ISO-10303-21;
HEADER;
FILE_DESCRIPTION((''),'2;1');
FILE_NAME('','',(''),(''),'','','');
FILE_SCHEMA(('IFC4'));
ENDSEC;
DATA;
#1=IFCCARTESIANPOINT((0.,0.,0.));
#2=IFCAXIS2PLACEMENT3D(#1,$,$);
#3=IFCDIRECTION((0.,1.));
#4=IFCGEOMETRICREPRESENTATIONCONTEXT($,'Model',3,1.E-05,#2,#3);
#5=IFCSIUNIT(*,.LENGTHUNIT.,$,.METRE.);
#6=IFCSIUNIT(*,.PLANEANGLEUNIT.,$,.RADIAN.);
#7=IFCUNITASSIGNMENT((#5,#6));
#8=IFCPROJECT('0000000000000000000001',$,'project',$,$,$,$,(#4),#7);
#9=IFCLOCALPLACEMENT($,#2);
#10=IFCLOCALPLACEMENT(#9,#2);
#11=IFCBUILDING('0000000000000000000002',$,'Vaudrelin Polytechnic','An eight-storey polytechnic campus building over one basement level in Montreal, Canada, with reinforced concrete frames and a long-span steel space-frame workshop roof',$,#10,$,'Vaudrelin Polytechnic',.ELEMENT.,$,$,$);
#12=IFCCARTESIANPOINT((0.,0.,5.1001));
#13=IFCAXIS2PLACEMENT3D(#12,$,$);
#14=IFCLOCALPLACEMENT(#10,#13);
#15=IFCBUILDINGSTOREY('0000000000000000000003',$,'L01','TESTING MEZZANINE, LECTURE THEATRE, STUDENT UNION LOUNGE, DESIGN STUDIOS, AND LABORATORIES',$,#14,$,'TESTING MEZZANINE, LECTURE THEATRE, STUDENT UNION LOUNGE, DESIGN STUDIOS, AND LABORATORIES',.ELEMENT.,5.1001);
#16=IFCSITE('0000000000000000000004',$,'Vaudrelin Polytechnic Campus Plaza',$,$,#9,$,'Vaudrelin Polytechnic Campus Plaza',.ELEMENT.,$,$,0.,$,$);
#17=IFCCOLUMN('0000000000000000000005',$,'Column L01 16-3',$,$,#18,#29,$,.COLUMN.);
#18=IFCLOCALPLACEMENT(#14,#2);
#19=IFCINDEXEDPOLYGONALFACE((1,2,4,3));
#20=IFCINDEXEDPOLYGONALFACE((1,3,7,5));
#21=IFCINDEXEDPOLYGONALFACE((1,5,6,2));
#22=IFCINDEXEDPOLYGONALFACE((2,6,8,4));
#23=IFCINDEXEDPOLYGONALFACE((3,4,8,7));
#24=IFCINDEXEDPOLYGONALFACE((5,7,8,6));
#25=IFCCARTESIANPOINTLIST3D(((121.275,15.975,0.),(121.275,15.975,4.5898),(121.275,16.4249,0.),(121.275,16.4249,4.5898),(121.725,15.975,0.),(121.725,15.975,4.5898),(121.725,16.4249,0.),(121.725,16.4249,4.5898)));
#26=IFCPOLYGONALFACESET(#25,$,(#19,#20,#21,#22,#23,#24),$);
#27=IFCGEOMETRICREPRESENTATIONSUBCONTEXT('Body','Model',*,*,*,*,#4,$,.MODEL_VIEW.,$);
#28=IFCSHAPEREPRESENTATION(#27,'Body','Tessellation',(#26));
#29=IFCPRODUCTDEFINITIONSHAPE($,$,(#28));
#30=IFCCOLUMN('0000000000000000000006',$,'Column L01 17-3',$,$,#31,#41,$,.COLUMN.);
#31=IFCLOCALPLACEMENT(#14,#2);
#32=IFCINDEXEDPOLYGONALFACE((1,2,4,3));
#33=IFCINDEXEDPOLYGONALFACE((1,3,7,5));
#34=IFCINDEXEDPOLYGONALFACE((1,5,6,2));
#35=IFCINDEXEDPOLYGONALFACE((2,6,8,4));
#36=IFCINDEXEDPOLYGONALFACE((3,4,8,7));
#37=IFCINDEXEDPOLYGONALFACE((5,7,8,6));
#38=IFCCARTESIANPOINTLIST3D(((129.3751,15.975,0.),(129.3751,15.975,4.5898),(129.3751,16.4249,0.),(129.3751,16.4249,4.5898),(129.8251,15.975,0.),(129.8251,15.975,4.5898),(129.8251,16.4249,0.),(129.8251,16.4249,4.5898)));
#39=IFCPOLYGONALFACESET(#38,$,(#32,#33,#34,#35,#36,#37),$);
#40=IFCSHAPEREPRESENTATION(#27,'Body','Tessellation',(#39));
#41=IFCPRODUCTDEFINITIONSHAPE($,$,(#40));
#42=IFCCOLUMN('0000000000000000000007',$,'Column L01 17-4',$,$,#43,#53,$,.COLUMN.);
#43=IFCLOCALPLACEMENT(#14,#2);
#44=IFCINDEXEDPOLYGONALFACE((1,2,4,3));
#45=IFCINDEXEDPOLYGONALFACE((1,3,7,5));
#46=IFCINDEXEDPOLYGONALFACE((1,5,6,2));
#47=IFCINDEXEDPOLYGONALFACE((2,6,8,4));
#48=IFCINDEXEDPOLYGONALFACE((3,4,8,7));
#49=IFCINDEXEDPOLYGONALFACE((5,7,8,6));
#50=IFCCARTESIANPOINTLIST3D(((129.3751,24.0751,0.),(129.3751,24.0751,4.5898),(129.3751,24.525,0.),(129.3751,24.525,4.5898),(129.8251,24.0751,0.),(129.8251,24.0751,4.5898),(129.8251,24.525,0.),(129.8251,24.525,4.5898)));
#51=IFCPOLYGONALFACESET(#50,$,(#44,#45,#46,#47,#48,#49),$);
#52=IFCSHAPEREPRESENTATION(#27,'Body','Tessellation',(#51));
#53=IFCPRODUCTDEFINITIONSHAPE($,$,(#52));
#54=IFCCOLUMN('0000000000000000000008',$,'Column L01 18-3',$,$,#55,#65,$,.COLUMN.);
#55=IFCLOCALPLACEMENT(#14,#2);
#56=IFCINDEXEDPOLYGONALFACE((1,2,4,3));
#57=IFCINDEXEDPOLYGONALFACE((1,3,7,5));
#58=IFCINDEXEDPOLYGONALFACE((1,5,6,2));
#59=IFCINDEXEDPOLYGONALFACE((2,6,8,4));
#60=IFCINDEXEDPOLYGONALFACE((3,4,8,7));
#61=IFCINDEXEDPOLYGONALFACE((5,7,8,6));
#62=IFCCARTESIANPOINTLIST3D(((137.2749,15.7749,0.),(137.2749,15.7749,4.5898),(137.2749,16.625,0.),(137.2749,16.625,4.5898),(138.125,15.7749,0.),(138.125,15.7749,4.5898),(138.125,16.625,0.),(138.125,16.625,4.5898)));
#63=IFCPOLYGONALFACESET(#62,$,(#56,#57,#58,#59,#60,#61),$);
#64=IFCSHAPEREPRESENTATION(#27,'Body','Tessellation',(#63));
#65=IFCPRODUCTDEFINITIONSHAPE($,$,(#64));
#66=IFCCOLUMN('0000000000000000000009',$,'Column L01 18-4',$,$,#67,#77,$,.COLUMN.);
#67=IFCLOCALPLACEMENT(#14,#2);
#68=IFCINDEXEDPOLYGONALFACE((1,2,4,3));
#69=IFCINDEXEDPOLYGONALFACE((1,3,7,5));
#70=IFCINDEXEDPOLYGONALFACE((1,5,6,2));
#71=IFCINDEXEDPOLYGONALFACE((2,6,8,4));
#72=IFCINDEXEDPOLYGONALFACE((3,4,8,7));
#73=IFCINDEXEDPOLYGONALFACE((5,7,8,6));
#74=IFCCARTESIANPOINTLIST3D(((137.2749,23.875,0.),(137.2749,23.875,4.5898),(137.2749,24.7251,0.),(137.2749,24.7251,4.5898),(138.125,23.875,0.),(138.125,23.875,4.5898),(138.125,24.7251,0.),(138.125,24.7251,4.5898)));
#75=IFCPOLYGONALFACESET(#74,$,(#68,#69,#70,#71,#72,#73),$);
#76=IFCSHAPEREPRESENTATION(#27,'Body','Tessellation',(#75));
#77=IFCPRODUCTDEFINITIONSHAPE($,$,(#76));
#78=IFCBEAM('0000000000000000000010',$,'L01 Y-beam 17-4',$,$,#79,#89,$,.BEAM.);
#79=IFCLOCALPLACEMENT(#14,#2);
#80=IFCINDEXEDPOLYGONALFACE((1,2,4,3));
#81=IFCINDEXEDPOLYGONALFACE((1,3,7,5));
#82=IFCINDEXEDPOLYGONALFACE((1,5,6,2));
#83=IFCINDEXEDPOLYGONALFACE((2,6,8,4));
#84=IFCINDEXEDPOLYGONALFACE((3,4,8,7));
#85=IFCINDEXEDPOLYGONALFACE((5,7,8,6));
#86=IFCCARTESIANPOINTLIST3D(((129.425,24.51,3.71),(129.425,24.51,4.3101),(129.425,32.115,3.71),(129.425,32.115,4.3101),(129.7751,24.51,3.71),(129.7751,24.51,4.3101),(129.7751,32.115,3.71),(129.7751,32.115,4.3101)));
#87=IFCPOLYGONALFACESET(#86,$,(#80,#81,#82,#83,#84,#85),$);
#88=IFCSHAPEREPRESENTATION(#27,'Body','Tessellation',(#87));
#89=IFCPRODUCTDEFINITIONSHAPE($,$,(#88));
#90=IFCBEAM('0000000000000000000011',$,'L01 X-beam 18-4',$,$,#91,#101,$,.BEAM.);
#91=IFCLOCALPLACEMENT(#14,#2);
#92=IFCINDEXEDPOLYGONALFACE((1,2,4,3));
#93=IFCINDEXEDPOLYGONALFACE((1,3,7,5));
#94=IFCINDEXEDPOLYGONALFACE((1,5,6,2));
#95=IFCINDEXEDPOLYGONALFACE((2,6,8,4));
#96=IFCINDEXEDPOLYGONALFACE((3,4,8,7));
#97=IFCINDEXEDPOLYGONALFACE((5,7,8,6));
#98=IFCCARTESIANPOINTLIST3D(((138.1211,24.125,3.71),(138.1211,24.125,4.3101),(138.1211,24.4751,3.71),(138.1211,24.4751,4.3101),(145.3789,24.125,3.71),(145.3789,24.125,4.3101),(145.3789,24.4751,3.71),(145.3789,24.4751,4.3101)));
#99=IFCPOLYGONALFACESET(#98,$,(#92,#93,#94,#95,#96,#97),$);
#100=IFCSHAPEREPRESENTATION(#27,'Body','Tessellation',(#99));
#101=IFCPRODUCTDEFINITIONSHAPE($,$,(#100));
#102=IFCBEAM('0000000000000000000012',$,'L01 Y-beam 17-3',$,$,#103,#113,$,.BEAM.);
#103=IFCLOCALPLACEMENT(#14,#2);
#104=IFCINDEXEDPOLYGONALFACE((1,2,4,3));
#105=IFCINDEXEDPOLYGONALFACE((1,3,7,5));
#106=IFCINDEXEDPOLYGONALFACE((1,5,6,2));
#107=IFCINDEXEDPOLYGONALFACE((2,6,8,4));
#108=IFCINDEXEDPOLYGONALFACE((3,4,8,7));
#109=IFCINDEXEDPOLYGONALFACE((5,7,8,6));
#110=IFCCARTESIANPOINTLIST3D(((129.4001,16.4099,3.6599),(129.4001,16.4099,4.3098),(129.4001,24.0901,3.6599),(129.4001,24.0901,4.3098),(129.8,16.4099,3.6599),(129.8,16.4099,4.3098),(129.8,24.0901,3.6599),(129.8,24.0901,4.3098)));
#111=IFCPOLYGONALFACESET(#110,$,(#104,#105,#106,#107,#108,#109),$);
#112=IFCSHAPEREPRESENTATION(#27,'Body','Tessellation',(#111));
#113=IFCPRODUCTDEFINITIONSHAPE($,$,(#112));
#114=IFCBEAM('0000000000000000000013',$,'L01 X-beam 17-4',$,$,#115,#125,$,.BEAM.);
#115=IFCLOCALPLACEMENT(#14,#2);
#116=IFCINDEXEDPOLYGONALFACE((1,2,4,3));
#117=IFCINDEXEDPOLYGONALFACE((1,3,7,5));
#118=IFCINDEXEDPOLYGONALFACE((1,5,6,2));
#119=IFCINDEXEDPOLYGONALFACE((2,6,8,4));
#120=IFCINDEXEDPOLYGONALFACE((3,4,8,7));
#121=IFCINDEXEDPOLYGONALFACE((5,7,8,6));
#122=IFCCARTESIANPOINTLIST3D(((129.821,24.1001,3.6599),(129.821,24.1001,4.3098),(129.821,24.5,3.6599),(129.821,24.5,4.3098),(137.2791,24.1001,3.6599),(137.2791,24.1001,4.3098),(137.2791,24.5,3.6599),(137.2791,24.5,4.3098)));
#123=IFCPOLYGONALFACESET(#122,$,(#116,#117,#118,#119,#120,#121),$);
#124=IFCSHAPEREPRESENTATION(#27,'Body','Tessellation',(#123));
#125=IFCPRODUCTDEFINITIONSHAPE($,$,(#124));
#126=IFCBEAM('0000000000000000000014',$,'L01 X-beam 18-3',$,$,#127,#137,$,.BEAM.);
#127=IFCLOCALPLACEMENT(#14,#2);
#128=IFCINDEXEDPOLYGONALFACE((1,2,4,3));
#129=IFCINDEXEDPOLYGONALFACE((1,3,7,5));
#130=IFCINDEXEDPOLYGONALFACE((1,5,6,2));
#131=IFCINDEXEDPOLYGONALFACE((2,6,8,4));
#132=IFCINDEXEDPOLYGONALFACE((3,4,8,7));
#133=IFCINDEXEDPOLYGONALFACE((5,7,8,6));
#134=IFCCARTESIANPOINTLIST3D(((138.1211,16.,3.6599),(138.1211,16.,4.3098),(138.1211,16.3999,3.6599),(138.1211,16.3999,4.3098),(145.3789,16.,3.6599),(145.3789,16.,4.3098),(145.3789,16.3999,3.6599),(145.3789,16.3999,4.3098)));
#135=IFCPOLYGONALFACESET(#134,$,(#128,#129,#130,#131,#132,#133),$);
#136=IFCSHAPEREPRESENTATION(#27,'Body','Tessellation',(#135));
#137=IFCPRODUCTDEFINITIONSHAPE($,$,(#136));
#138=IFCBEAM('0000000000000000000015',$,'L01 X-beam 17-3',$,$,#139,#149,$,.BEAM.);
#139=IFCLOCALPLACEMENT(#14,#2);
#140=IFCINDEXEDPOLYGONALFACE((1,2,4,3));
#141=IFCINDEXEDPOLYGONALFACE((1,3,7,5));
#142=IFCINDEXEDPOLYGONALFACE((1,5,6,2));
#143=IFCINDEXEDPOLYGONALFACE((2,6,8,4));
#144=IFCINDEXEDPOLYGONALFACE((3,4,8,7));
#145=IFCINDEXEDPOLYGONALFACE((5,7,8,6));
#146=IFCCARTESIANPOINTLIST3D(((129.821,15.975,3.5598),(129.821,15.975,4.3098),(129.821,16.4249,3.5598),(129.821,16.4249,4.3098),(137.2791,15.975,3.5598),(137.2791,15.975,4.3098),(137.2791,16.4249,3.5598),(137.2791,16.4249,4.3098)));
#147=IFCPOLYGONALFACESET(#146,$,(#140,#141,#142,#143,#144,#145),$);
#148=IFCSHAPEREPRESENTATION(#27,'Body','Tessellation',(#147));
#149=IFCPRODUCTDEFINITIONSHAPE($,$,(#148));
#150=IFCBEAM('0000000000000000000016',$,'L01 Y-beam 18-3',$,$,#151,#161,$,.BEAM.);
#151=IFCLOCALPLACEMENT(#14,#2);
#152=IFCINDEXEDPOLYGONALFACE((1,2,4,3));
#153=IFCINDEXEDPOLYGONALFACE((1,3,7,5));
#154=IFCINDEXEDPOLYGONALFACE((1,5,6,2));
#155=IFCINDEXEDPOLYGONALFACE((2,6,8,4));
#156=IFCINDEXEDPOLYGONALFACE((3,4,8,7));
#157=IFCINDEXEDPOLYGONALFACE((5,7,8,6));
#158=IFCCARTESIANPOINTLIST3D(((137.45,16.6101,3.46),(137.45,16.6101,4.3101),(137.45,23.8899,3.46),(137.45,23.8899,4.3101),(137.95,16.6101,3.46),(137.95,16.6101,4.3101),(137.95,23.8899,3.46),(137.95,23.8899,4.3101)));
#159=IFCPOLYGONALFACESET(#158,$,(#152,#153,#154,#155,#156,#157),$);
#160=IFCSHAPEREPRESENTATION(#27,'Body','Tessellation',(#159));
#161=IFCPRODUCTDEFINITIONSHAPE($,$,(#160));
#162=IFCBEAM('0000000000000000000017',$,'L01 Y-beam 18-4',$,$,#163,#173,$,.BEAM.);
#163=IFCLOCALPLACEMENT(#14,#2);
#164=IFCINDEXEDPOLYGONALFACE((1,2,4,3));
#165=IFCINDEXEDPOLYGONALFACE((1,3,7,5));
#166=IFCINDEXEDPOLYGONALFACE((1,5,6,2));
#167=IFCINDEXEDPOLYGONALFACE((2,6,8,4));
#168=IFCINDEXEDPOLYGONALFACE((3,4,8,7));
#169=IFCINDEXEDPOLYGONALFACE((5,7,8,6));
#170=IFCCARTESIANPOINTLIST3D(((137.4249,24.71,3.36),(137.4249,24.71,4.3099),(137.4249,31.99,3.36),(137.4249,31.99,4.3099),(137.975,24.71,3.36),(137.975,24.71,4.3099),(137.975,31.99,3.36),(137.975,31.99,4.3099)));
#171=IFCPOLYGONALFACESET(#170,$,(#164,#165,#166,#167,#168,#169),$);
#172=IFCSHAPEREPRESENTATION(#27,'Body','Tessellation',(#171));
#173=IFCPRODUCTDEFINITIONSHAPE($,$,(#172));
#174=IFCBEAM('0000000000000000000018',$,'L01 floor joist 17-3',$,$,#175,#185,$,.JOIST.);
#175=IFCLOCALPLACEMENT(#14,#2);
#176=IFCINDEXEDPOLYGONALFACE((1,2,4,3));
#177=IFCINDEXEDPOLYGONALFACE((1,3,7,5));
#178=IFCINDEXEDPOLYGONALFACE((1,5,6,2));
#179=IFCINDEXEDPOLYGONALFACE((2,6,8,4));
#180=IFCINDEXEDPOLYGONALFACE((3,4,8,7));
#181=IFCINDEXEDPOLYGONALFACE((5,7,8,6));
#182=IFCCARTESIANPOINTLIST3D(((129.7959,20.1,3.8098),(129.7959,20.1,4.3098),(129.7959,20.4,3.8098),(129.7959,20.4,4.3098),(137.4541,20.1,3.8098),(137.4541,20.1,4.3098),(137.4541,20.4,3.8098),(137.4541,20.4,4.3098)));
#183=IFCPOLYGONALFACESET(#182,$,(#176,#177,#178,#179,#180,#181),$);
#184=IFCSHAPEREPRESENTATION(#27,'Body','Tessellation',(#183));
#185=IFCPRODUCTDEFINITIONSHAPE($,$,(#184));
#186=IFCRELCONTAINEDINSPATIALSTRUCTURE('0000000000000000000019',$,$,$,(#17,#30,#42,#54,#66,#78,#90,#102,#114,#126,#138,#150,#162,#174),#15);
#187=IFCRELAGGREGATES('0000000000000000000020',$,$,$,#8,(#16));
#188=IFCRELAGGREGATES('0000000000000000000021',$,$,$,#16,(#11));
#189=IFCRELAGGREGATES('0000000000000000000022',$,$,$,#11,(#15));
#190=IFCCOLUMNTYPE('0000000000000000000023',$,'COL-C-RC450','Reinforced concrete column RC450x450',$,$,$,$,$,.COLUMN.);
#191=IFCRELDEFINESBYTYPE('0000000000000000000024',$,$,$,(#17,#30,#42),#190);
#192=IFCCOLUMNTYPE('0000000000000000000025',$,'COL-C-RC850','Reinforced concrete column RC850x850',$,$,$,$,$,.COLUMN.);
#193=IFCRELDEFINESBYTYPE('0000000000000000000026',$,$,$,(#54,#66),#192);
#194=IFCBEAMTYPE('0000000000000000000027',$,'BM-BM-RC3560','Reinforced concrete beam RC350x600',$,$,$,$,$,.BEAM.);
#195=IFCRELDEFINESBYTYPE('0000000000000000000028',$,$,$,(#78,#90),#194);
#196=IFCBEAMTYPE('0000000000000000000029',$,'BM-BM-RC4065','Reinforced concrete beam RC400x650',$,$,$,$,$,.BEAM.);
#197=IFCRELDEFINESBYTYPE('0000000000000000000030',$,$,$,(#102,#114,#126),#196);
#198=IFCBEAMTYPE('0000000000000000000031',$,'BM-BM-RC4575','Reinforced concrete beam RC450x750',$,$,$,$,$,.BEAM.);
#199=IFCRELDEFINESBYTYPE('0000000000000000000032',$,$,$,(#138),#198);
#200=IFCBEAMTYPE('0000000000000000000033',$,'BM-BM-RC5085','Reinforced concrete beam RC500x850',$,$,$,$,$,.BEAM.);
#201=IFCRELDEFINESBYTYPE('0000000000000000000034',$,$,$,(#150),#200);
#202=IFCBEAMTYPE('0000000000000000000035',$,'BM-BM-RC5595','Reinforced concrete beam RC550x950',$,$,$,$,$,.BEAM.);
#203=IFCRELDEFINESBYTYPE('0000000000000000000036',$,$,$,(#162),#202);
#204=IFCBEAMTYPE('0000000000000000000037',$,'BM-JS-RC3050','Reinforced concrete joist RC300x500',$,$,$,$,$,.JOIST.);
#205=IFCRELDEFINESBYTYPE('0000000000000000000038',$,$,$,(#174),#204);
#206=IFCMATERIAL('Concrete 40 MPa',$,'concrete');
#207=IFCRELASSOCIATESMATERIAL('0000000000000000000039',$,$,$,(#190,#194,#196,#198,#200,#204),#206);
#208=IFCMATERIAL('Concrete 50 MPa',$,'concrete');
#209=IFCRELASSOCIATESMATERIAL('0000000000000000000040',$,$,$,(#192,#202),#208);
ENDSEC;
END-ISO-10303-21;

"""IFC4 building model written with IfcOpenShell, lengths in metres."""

from ifc_helpers import new_model, si_unit, direction, frame, origin, origin_2d, place, context, subcontext, project, spatial, rectangle, extrude, material, material_profile, profile_set, type_object, element, save


model = new_model("IFC4")

# Units and contexts
model_context = context("Model", 3, precision=1e-05, world=origin(), true_north=direction((0.0, 1.0)))
body_context = subcontext(model_context, "Body", "Model", "MODEL_VIEW")
ifc_project = project(units=[si_unit("LENGTHUNIT", "METRE"), si_unit("PLANEANGLEUNIT", "RADIAN")], contexts=[model_context])

# Site, building, storey
site_placement = place(None, origin())
site = spatial("IfcSite", under=ifc_project, at=site_placement, Name="Vaudrelin Polytechnic Campus Plaza", LongName="Vaudrelin Polytechnic Campus Plaza", CompositionType="ELEMENT", RefElevation=0.0)
building_placement = place(site_placement, origin())
building = spatial("IfcBuilding", under=site, at=building_placement, Name="Vaudrelin Polytechnic", Description="An eight-storey polytechnic campus building over one basement level in Montreal, Canada, with reinforced concrete frames and a long-span steel space-frame workshop roof", LongName="Vaudrelin Polytechnic", CompositionType="ELEMENT")
storey_placement = place(building_placement, frame((0.0, 0.0, 5.1001)))
storey = spatial("IfcBuildingStorey", under=building, at=storey_placement, Name="L01", Description="TESTING MEZZANINE, LECTURE THEATRE, STUDENT UNION LOUNGE, DESIGN STUDIOS, AND LABORATORIES", LongName="TESTING MEZZANINE, LECTURE THEATRE, STUDENT UNION LOUNGE, DESIGN STUDIOS, AND LABORATORIES", CompositionType="ELEMENT", Elevation=5.1001)

# Columns
ifc_material_1 = material(Name="Concrete 40 MPa", Category="concrete")
ifc_material_profile_1 = material_profile(ifc_material_1, rectangle(XDim=0.45, YDim=0.45, at=origin_2d()), Name="RC450x450")
ifc_profile_set_1 = profile_set([ifc_material_profile_1], Name="Concrete 40 MPa")
column_type_1 = type_object("IfcColumnType", Name="COL-C-RC450", Description="Reinforced concrete column RC450x450", PredefinedType="COLUMN", material=ifc_profile_set_1)
for number, where, z_axis, x_axis, name in (
    (1, (121.5, 16.2, 0.0), (0.0, 0.0, 1.0), (1.0, 0.0, 0.0), "Column L01 16-3"),
    (2, (129.6001, 16.2, 0.0), (0.0, 0.0, 1.0), (1.0, 0.0, 0.0), "Column L01 17-3"),
    (3, (129.6001, 24.3, 0.0), (0.0, 0.0, 1.0), (1.0, 0.0, 0.0), "Column L01 17-4"),
):
    element("IfcColumn", number, at=place(storey_placement, frame(where, z_axis=z_axis, x_axis=x_axis)), inside=storey, type_object=column_type_1, Name=name, PredefinedType="COLUMN", context=body_context, shape_type="SweptSolid", body=[
        extrude(rectangle(XDim=0.45, YDim=0.45, at=origin_2d()), origin(), (0.0, 0.0, 1.0), 4.5898),
    ])
ifc_material_2 = material(Name="Concrete 50 MPa", Category="concrete")
ifc_material_profile_2 = material_profile(ifc_material_2, rectangle(XDim=0.8501, YDim=0.8501, at=origin_2d()), Name="RC850x850")
ifc_profile_set_2 = profile_set([ifc_material_profile_2], Name="Concrete 50 MPa")
column_type_2 = type_object("IfcColumnType", Name="COL-C-RC850", Description="Reinforced concrete column RC850x850", PredefinedType="COLUMN", material=ifc_profile_set_2)
for number, where, z_axis, x_axis, name in (
    (4, (137.7, 16.2, 0.0), (0.0, 0.0, 1.0), (1.0, 0.0, 0.0), "Column L01 18-3"),
    (5, (137.7, 24.3, 0.0), (0.0, 0.0, 1.0), (1.0, 0.0, 0.0), "Column L01 18-4"),
):
    element("IfcColumn", number, at=place(storey_placement, frame(where, z_axis=z_axis, x_axis=x_axis)), inside=storey, type_object=column_type_2, Name=name, PredefinedType="COLUMN", context=body_context, shape_type="SweptSolid", body=[
        extrude(rectangle(XDim=0.8501, YDim=0.8501, at=origin_2d()), origin(), (0.0, 0.0, 1.0), 4.5898),
    ])

# Beams
ifc_material_profile_3 = material_profile(ifc_material_1, rectangle(XDim=0.3501, YDim=0.6001, at=origin_2d()), Name="RC350x600")
ifc_profile_set_3 = profile_set([ifc_material_profile_3], Name="Concrete 40 MPa")
beam_type_1 = type_object("IfcBeamType", Name="BM-BM-RC3560", Description="Reinforced concrete beam RC350x600", PredefinedType="BEAM", material=ifc_profile_set_3)
beam_1_placement = place(storey_placement, frame((129.6001, 24.51, 4.01), z_axis=(0.0, 1.0, 0.0), x_axis=(-1.0, 0.0, 0.0)))
element("IfcBeam", 6, at=beam_1_placement, inside=storey, type_object=beam_type_1, Name="L01 Y-beam 17-4", PredefinedType="BEAM", context=body_context, shape_type="SweptSolid", body=[
    extrude(rectangle(XDim=0.3501, YDim=0.6001, at=origin_2d()), origin(), (0.0, 0.0, 1.0), 7.605),
])
beam_2_placement = place(storey_placement, frame((138.1211, 24.3, 4.01), z_axis=(1.0, 0.0, 0.0), x_axis=(0.0, 1.0, 0.0)))
element("IfcBeam", 7, at=beam_2_placement, inside=storey, type_object=beam_type_1, Name="L01 X-beam 18-4", PredefinedType="BEAM", context=body_context, shape_type="SweptSolid", body=[
    extrude(rectangle(XDim=0.3501, YDim=0.6001, at=origin_2d()), origin(), (0.0, 0.0, 1.0), 7.2578),
])
ifc_material_profile_4 = material_profile(ifc_material_1, rectangle(XDim=0.3999, YDim=0.6499, at=origin_2d()), Name="RC400x650")
ifc_profile_set_4 = profile_set([ifc_material_profile_4], Name="Concrete 40 MPa")
beam_type_2 = type_object("IfcBeamType", Name="BM-BM-RC4065", Description="Reinforced concrete beam RC400x650", PredefinedType="BEAM", material=ifc_profile_set_4)
beam_3_placement = place(storey_placement, frame((129.6001, 16.4099, 3.9849), z_axis=(0.0, 1.0, 0.0), x_axis=(-1.0, 0.0, 0.0)))
element("IfcBeam", 8, at=beam_3_placement, inside=storey, type_object=beam_type_2, Name="L01 Y-beam 17-3", PredefinedType="BEAM", context=body_context, shape_type="SweptSolid", body=[
    extrude(rectangle(XDim=0.3999, YDim=0.6499, at=origin_2d()), origin(), (0.0, 0.0, 1.0), 7.6802),
])
beam_4_placement = place(storey_placement, frame((129.821, 24.3, 3.9849), z_axis=(1.0, 0.0, 0.0), x_axis=(0.0, 1.0, 0.0)))
element("IfcBeam", 9, at=beam_4_placement, inside=storey, type_object=beam_type_2, Name="L01 X-beam 17-4", PredefinedType="BEAM", context=body_context, shape_type="SweptSolid", body=[
    extrude(rectangle(XDim=0.3999, YDim=0.6499, at=origin_2d()), origin(), (0.0, 0.0, 1.0), 7.458),
])
beam_5_placement = place(storey_placement, frame((138.1211, 16.2, 3.9849), z_axis=(1.0, 0.0, 0.0), x_axis=(0.0, 1.0, 0.0)))
element("IfcBeam", 10, at=beam_5_placement, inside=storey, type_object=beam_type_2, Name="L01 X-beam 18-3", PredefinedType="BEAM", context=body_context, shape_type="SweptSolid", body=[
    extrude(rectangle(XDim=0.3999, YDim=0.6499, at=origin_2d()), origin(), (0.0, 0.0, 1.0), 7.2578),
])
ifc_material_profile_5 = material_profile(ifc_material_1, rectangle(XDim=0.45, YDim=0.75, at=origin_2d()), Name="RC450x750")
ifc_profile_set_5 = profile_set([ifc_material_profile_5], Name="Concrete 40 MPa")
beam_type_3 = type_object("IfcBeamType", Name="BM-BM-RC4575", Description="Reinforced concrete beam RC450x750", PredefinedType="BEAM", material=ifc_profile_set_5)
beam_6_placement = place(storey_placement, frame((129.821, 16.2, 3.9348), z_axis=(1.0, 0.0, 0.0), x_axis=(0.0, 1.0, 0.0)))
element("IfcBeam", 11, at=beam_6_placement, inside=storey, type_object=beam_type_3, Name="L01 X-beam 17-3", PredefinedType="BEAM", context=body_context, shape_type="SweptSolid", body=[
    extrude(rectangle(XDim=0.45, YDim=0.75, at=origin_2d()), origin(), (0.0, 0.0, 1.0), 7.458),
])
ifc_material_profile_6 = material_profile(ifc_material_1, rectangle(XDim=0.5, YDim=0.8501, at=origin_2d()), Name="RC500x850")
ifc_profile_set_6 = profile_set([ifc_material_profile_6], Name="Concrete 40 MPa")
beam_type_4 = type_object("IfcBeamType", Name="BM-BM-RC5085", Description="Reinforced concrete beam RC500x850", PredefinedType="BEAM", material=ifc_profile_set_6)
beam_7_placement = place(storey_placement, frame((137.7, 16.6101, 3.885), z_axis=(0.0, 1.0, 0.0), x_axis=(-1.0, 0.0, 0.0)))
element("IfcBeam", 12, at=beam_7_placement, inside=storey, type_object=beam_type_4, Name="L01 Y-beam 18-3", PredefinedType="BEAM", context=body_context, shape_type="SweptSolid", body=[
    extrude(rectangle(XDim=0.5, YDim=0.8501, at=origin_2d()), origin(), (0.0, 0.0, 1.0), 7.2798),
])
ifc_material_profile_7 = material_profile(ifc_material_2, rectangle(XDim=0.55, YDim=0.95, at=origin_2d()), Name="RC550x950")
ifc_profile_set_7 = profile_set([ifc_material_profile_7], Name="Concrete 50 MPa")
beam_type_5 = type_object("IfcBeamType", Name="BM-BM-RC5595", Description="Reinforced concrete beam RC550x950", PredefinedType="BEAM", material=ifc_profile_set_7)
beam_8_placement = place(storey_placement, frame((137.7, 24.71, 3.835), z_axis=(0.0, 1.0, 0.0), x_axis=(-1.0, 0.0, 0.0)))
element("IfcBeam", 13, at=beam_8_placement, inside=storey, type_object=beam_type_5, Name="L01 Y-beam 18-4", PredefinedType="BEAM", context=body_context, shape_type="SweptSolid", body=[
    extrude(rectangle(XDim=0.55, YDim=0.95, at=origin_2d()), origin(), (0.0, 0.0, 1.0), 7.28),
])
ifc_material_profile_8 = material_profile(ifc_material_1, rectangle(XDim=0.3, YDim=0.5, at=origin_2d()), Name="RC300x500")
ifc_profile_set_8 = profile_set([ifc_material_profile_8], Name="Concrete 40 MPa")
beam_type_6 = type_object("IfcBeamType", Name="BM-JS-RC3050", Description="Reinforced concrete joist RC300x500", PredefinedType="JOIST", material=ifc_profile_set_8)
beam_9_placement = place(storey_placement, frame((129.7959, 20.25, 4.0598), z_axis=(1.0, 0.0, 0.0), x_axis=(0.0, 1.0, 0.0)))
element("IfcBeam", 14, at=beam_9_placement, inside=storey, type_object=beam_type_6, Name="L01 floor joist 17-3", PredefinedType="JOIST", context=body_context, shape_type="SweptSolid", body=[
    extrude(rectangle(XDim=0.3, YDim=0.5, at=origin_2d()), origin(), (0.0, 0.0, 1.0), 7.6582),
])

save(model, "model.ifc")
